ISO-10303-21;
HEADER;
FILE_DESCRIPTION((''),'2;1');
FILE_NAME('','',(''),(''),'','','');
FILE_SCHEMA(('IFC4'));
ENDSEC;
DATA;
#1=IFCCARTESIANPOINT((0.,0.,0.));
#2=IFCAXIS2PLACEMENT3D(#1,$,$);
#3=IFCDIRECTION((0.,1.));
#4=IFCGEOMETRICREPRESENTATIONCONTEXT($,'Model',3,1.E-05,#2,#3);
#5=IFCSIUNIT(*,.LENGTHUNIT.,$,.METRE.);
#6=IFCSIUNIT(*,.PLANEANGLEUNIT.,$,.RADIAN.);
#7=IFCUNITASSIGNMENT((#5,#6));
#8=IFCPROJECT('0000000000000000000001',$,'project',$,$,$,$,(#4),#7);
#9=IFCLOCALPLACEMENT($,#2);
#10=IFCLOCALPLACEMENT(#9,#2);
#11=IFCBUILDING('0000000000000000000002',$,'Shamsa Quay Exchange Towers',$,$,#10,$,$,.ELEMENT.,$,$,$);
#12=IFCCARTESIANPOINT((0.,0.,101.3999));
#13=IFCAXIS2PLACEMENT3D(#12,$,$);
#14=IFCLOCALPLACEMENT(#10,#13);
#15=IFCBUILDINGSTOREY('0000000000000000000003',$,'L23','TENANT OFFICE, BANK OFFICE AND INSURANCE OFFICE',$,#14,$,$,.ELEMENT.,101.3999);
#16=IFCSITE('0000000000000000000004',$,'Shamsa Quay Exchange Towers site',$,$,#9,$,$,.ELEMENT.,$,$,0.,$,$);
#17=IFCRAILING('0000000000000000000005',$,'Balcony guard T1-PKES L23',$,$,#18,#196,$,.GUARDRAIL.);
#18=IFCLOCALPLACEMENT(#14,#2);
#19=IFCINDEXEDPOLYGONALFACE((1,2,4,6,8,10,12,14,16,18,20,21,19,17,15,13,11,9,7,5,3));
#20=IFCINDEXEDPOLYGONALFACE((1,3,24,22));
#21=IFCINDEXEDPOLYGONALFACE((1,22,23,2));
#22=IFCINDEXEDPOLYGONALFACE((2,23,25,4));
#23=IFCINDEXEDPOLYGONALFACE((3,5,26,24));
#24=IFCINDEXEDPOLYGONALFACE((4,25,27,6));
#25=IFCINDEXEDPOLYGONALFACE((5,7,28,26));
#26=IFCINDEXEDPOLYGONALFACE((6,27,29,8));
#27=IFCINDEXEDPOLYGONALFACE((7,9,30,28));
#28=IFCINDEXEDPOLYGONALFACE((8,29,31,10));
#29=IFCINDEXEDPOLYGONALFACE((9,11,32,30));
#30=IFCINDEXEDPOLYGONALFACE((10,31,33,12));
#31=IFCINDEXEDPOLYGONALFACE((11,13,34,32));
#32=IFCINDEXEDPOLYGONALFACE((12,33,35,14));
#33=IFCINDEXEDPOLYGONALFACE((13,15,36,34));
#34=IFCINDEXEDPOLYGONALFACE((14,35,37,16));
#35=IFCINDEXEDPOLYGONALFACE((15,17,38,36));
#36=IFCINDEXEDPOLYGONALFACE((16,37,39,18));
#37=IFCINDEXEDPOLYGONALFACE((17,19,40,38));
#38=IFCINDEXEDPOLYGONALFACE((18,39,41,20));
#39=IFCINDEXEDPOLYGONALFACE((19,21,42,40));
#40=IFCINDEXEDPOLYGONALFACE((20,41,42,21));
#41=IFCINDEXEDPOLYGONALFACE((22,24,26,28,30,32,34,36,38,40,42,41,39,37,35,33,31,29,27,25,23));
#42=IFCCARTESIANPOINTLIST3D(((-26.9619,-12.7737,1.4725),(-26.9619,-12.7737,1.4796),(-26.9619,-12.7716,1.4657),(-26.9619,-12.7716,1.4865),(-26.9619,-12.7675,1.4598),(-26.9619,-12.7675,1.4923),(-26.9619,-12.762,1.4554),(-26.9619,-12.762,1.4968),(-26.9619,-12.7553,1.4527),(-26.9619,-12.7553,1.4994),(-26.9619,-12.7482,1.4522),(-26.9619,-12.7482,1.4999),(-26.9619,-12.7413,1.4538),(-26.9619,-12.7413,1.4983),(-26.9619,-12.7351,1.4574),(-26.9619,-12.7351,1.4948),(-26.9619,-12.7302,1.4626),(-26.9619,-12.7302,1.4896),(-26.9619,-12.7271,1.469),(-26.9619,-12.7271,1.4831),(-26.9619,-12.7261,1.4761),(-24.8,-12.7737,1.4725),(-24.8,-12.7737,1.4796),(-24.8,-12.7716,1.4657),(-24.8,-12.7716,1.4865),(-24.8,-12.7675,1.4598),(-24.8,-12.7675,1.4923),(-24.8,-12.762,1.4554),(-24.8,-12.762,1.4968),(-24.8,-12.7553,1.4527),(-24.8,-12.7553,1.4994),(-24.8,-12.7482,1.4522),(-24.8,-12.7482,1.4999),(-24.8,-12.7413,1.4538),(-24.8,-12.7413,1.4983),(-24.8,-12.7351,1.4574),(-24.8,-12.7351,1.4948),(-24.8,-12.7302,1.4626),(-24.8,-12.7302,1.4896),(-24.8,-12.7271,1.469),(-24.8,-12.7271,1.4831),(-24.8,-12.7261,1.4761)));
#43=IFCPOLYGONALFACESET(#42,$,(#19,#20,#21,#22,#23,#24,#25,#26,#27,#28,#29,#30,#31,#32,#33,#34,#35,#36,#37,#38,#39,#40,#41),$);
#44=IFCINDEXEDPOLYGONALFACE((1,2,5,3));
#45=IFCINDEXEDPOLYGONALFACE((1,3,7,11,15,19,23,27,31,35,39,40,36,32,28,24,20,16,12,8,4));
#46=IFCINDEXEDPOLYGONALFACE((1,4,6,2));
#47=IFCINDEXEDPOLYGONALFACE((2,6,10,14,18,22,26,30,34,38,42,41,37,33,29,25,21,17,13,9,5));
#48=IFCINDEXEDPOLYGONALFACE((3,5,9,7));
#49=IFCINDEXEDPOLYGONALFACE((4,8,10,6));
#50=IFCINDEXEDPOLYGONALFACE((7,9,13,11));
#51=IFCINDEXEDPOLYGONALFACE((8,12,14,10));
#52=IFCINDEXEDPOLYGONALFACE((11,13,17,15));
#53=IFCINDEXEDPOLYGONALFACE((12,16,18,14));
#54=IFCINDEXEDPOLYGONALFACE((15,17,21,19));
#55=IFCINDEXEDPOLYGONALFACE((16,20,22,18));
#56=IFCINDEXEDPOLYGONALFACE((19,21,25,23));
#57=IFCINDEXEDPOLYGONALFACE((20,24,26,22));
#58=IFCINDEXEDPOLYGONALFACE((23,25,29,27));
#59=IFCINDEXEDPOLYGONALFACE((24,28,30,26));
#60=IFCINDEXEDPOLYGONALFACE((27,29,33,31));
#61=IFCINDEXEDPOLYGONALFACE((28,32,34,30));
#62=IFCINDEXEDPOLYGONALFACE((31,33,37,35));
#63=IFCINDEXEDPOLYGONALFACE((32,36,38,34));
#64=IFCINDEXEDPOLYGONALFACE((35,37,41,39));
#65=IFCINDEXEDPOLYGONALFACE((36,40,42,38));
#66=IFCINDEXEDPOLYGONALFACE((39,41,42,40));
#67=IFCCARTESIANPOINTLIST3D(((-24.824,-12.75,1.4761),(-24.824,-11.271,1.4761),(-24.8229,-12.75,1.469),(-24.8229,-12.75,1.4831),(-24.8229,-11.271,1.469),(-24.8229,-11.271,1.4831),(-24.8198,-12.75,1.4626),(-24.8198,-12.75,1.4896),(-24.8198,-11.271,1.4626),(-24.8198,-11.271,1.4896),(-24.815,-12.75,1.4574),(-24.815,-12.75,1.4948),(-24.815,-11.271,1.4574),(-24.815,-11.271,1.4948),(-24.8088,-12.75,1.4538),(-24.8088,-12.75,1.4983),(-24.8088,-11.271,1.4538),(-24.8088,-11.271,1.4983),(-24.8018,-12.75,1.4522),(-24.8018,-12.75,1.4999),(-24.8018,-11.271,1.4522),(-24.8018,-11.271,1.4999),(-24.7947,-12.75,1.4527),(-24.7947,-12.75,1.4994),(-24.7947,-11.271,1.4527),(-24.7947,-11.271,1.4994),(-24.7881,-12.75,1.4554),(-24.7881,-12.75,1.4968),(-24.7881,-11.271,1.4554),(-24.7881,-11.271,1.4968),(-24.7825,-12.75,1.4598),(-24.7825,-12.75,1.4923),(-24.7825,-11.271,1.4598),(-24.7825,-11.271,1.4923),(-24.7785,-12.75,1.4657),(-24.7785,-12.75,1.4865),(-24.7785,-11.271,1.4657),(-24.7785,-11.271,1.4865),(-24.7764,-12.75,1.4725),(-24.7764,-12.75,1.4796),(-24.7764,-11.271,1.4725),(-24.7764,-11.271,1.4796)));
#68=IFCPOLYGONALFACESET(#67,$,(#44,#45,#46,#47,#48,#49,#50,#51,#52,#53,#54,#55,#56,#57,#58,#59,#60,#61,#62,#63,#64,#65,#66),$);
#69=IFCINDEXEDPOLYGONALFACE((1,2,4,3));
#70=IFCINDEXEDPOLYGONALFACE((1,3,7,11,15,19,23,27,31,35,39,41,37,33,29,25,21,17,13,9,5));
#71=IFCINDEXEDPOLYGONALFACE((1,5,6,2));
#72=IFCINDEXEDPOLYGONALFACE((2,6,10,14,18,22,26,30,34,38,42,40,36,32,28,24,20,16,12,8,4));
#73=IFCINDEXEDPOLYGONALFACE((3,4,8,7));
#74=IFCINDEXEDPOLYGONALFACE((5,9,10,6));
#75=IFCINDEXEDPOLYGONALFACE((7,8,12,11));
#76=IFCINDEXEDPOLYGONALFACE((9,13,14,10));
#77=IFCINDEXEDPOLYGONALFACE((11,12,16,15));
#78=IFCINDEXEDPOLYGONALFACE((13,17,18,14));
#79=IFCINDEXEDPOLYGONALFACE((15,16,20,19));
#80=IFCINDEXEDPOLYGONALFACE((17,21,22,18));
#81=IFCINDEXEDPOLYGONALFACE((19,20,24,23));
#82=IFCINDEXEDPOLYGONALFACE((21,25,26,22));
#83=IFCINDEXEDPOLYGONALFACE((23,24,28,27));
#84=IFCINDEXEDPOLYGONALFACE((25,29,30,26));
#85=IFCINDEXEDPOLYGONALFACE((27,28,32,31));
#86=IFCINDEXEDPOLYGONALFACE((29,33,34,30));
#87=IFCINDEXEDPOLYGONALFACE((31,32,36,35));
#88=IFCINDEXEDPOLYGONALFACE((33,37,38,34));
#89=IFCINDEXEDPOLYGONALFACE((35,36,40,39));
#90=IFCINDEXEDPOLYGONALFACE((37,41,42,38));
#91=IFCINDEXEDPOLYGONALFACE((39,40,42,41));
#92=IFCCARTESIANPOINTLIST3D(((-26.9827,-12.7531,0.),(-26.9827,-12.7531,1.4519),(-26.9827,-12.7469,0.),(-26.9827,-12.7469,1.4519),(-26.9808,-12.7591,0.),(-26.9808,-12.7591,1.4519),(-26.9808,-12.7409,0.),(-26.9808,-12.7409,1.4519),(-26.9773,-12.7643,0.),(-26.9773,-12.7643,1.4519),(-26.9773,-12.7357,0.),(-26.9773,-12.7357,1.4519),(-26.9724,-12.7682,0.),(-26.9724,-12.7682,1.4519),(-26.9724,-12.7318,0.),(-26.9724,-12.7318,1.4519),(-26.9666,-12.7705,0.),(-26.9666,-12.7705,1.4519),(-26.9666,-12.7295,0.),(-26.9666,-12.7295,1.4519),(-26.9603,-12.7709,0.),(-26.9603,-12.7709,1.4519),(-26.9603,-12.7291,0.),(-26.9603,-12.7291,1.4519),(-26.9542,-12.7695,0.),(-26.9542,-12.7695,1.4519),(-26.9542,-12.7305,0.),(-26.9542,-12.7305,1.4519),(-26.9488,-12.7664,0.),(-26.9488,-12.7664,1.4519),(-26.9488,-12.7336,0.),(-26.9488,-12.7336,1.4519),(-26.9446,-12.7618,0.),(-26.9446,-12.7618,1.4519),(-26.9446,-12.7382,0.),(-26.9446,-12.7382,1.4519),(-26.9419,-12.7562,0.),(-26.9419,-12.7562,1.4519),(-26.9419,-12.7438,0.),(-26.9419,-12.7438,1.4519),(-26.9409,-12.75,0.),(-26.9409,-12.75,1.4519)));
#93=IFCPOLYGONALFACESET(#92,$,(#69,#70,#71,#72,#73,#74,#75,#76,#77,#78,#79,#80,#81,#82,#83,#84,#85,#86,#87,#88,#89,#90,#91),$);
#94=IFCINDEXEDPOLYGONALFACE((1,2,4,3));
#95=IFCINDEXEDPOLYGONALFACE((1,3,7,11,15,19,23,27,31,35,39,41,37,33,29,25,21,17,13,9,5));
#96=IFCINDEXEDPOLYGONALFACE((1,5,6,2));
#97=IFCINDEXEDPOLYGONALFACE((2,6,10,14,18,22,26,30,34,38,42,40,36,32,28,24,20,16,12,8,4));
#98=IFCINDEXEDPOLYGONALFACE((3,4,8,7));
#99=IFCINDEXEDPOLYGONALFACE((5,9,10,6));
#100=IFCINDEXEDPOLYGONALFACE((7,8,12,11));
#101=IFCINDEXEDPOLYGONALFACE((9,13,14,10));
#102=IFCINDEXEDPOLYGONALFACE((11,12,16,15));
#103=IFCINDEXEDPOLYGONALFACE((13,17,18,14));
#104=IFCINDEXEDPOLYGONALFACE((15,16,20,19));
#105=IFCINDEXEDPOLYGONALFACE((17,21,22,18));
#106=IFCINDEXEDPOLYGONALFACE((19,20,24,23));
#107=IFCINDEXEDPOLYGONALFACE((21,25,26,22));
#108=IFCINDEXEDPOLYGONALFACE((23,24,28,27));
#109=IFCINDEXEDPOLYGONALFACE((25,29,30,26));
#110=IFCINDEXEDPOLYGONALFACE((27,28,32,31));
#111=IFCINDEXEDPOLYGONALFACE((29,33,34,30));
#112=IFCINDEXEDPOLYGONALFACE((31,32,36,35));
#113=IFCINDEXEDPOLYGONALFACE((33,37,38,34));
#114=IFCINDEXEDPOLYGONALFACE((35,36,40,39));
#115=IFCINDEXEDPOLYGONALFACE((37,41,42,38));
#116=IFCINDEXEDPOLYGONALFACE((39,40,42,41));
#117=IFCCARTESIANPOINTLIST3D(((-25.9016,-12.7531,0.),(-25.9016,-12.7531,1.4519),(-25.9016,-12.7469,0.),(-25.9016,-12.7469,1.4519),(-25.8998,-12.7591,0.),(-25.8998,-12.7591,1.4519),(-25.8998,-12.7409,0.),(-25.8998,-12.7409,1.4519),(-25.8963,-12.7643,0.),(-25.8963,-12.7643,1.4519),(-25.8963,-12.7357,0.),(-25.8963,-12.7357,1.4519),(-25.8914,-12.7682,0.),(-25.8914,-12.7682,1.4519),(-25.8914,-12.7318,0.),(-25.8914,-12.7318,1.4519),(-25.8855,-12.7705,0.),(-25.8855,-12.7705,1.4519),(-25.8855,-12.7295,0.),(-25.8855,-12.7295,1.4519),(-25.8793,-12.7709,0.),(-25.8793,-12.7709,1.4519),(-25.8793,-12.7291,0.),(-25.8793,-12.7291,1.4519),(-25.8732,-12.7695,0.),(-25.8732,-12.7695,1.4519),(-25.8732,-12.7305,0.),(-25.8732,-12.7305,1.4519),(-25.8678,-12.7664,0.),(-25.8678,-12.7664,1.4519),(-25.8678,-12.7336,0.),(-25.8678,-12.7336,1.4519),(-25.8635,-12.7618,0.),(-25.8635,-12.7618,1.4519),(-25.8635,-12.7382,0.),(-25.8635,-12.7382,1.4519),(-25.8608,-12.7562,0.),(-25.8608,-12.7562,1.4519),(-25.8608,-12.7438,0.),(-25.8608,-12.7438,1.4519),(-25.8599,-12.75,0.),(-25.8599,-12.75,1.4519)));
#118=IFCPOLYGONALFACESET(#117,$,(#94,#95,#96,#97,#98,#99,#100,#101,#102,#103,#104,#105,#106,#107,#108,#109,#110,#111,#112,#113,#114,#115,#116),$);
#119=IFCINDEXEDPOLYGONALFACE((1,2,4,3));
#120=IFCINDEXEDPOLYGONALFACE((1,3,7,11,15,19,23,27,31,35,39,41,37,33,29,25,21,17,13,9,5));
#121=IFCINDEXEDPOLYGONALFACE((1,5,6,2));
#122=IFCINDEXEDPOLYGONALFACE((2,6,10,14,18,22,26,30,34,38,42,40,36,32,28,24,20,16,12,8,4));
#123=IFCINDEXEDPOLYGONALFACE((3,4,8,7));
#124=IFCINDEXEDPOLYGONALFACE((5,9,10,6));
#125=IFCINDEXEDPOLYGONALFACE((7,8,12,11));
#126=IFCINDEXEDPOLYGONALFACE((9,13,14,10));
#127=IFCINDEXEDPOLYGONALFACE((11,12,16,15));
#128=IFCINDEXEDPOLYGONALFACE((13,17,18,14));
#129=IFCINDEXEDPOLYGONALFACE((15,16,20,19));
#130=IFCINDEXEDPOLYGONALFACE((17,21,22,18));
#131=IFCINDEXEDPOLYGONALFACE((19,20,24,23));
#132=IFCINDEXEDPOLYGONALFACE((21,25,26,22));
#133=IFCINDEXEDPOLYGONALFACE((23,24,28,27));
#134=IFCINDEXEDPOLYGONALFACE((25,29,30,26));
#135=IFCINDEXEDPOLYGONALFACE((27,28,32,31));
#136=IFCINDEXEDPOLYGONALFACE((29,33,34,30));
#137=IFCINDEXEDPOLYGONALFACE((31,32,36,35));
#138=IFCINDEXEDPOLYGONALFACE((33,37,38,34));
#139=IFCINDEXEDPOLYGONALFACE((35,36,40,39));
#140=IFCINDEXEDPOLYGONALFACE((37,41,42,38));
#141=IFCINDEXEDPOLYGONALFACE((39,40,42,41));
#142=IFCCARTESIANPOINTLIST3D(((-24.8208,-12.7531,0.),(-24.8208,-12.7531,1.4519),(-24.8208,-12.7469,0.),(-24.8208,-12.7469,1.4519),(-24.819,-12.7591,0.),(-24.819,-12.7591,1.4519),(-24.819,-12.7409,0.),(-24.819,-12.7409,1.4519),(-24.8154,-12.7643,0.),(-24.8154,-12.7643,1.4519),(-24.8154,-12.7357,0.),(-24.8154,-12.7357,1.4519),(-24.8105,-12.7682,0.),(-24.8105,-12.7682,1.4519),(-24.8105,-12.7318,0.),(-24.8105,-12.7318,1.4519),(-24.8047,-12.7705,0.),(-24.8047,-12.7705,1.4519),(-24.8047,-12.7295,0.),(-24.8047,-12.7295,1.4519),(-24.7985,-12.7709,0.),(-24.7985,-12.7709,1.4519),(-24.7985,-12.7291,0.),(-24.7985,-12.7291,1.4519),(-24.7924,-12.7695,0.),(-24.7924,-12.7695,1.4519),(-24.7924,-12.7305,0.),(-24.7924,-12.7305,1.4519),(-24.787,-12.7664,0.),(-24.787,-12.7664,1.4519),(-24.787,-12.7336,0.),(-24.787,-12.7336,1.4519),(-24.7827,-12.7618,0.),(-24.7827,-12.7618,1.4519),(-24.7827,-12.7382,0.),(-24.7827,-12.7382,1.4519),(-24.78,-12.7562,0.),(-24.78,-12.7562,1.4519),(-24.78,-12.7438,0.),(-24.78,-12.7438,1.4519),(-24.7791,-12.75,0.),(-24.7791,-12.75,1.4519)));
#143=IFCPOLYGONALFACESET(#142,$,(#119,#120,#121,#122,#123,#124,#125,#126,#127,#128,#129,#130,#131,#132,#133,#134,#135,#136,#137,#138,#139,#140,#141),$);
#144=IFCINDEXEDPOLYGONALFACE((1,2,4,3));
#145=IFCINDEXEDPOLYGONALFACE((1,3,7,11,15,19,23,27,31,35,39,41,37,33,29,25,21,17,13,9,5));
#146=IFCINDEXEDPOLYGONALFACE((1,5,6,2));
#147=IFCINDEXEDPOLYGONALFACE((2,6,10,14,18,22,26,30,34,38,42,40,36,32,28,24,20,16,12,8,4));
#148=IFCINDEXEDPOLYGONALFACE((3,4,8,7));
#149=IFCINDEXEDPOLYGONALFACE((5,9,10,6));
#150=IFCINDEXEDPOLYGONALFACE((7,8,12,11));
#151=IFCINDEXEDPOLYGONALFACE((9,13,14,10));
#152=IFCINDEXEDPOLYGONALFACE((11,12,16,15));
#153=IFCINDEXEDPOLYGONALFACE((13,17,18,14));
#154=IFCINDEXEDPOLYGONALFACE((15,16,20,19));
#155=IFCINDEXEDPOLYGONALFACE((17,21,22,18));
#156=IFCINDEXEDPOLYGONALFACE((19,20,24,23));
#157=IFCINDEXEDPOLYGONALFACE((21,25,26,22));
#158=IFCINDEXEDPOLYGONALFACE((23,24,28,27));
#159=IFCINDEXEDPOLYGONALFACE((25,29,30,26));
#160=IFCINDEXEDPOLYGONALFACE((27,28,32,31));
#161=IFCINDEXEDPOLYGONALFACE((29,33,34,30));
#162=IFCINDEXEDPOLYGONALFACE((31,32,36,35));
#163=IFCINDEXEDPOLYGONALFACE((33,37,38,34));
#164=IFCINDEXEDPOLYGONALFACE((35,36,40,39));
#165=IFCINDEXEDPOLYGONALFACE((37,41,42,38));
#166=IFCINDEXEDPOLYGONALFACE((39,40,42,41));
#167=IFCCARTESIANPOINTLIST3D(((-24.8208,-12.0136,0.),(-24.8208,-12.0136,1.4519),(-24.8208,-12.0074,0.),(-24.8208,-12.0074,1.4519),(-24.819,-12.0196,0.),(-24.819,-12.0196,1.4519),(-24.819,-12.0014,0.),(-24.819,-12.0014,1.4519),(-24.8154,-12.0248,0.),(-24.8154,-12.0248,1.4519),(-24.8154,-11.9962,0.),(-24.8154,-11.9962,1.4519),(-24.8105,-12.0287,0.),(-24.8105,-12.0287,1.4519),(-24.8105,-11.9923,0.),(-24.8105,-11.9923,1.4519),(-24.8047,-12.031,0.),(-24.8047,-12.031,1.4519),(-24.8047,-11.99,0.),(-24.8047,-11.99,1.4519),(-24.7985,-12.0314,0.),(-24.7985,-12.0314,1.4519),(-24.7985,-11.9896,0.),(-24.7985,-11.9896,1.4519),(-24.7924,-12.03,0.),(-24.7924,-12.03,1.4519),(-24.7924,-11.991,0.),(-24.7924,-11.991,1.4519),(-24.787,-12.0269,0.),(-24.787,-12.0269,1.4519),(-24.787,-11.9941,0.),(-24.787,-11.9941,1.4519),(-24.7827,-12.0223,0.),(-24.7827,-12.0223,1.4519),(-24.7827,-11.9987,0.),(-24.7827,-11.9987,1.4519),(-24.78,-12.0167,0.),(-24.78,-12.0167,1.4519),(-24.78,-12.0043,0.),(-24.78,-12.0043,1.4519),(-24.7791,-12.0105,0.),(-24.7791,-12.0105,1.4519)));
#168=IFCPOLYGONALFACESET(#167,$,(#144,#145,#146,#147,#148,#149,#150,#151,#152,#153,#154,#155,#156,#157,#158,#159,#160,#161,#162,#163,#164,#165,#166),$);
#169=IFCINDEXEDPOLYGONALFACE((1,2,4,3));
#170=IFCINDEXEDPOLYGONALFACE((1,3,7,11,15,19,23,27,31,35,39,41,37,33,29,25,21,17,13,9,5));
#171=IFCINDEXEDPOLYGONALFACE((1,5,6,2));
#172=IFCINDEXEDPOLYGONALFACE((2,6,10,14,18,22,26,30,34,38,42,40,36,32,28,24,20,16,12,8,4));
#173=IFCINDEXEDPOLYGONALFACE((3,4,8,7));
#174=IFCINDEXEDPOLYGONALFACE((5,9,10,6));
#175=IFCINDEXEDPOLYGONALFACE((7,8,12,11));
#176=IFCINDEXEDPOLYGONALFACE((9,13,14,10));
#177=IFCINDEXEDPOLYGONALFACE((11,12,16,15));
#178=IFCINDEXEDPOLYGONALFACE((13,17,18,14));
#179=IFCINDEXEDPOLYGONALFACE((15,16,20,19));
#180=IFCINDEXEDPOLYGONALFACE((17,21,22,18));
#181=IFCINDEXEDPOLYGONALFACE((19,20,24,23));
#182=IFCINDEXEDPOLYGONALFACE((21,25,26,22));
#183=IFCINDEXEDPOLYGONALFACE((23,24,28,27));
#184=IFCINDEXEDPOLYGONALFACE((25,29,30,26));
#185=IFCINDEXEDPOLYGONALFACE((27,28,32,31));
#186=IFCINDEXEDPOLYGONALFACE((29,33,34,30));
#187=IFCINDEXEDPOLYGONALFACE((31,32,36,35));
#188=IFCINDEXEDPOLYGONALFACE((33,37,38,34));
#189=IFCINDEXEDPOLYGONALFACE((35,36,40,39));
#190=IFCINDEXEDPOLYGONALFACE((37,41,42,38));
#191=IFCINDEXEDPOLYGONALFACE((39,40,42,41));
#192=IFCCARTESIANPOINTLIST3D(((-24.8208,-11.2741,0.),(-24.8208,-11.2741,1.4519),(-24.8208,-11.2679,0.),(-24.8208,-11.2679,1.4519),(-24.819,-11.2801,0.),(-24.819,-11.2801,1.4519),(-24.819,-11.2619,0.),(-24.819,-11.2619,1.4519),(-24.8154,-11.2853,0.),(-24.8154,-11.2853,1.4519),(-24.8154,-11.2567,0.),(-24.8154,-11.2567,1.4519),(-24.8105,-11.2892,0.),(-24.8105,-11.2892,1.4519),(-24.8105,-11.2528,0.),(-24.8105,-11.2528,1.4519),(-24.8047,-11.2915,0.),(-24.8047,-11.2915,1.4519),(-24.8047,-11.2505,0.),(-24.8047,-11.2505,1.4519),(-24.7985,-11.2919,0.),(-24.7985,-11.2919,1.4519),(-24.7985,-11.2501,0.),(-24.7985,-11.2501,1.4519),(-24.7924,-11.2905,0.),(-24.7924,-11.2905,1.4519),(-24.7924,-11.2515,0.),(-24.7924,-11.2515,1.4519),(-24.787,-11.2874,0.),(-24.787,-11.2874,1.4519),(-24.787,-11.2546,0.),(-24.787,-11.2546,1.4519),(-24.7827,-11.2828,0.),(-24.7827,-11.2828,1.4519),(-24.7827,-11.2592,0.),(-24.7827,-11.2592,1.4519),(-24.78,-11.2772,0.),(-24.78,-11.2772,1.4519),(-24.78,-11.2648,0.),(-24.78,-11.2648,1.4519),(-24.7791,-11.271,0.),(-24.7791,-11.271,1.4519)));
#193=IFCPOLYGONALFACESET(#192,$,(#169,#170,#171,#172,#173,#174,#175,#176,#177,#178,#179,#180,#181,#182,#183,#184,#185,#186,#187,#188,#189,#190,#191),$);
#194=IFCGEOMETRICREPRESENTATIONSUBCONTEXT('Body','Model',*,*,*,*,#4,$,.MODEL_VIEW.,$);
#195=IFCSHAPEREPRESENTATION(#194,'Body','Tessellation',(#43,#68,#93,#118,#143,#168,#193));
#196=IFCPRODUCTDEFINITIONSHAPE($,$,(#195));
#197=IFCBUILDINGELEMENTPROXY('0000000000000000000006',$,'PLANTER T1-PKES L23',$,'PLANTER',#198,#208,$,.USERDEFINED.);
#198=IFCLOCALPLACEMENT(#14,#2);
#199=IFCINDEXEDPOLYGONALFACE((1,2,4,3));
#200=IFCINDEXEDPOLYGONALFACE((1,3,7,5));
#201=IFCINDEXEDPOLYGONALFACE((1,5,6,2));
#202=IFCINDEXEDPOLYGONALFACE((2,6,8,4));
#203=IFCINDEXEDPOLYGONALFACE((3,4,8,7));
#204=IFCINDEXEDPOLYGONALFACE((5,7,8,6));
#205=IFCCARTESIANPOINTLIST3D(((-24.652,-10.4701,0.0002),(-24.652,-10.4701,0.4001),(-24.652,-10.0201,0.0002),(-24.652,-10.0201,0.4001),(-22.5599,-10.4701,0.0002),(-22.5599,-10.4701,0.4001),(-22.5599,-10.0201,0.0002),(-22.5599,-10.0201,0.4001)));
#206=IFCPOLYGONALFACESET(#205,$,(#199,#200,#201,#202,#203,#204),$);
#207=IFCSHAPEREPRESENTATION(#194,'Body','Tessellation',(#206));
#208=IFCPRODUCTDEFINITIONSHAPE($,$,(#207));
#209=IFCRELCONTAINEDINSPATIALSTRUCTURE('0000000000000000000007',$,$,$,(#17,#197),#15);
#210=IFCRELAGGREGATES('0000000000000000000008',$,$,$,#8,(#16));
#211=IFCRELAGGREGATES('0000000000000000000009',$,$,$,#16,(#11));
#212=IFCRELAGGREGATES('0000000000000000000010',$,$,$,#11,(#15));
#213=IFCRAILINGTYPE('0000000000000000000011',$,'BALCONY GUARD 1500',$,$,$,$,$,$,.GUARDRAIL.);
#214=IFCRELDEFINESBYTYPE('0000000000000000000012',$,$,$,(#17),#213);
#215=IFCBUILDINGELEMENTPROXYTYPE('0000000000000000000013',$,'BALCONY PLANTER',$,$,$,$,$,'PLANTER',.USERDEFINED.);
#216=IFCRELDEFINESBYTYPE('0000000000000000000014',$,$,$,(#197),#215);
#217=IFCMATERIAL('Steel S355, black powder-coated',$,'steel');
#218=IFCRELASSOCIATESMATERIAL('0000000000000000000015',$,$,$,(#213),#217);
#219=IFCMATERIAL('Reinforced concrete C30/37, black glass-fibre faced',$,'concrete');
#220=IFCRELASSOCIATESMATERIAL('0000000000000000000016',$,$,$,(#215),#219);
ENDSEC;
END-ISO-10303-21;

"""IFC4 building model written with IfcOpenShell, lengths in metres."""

from ifc_helpers import new_model, si_unit, direction, frame, origin, origin_2d, place, context, subcontext, project, spatial, rectangle, circle, extrude, material, type_object, element, save


model = new_model("IFC4")

# Units and contexts
model_context = context("Model", 3, precision=1e-05, world=origin(), true_north=direction((0.0, 1.0)))
body_context = subcontext(model_context, "Body", "Model", "MODEL_VIEW")
ifc_project = project(units=[si_unit("LENGTHUNIT", "METRE"), si_unit("PLANEANGLEUNIT", "RADIAN")], contexts=[model_context])

# Site, building, storey
site_placement = place(None, origin())
site = spatial("IfcSite", under=ifc_project, at=site_placement, Name="Shamsa Quay Exchange Towers site", CompositionType="ELEMENT", RefElevation=0.0)
building_placement = place(site_placement, origin())
building = spatial("IfcBuilding", under=site, at=building_placement, Name="Shamsa Quay Exchange Towers", CompositionType="ELEMENT")
storey_placement = place(building_placement, frame((0.0, 0.0, 101.3999)))
storey = spatial("IfcBuildingStorey", under=building, at=storey_placement, Name="L23", Description="TENANT OFFICE, BANK OFFICE AND INSURANCE OFFICE", CompositionType="ELEMENT", Elevation=101.3999)

# Railing
ifc_material_1 = material(Name="Steel S355, black powder-coated", Category="steel")
railing_type_1 = type_object("IfcRailingType", Name="BALCONY GUARD 1500", PredefinedType="GUARDRAIL", material=ifc_material_1)
for number, where, name in (
    (1, (-26.9619, -12.75, 0.0), "Balcony guard T1-PKES L23"),
):
    element("IfcRailing", number, at=place(storey_placement, frame(where)), inside=storey, type_object=railing_type_1, Name=name, PredefinedType="GUARDRAIL", context=body_context, shape_type="SweptSolid", body=[
        extrude(circle(Radius=0.0239, at=origin_2d()), frame((0.0, 0.0, 1.4761), z_axis=(1.0, 0.0, 0.0), x_axis=(0.0, 1.0, 0.0)), (0.0, 0.0, 1.0), 2.1619),
        extrude(circle(Radius=0.0239, at=origin_2d()), frame((2.1619, 0.0, 1.4761), z_axis=(0.0, 1.0, 0.0), x_axis=(-1.0, 0.0, 0.0)), (0.0, 0.0, 1.0), 1.479),
        extrude(circle(Radius=0.021, at=origin_2d()), origin(), (0.0, 0.0, 1.0), 1.4519),
        extrude(circle(Radius=0.021, at=origin_2d()), frame((1.0811, 0.0, 0.0)), (0.0, 0.0, 1.0), 1.4519),
        extrude(circle(Radius=0.021, at=origin_2d()), frame((2.1619, 0.0, 0.0)), (0.0, 0.0, 1.0), 1.4519),
        extrude(circle(Radius=0.021, at=origin_2d()), frame((2.1619, 0.7395, 0.0)), (0.0, 0.0, 1.0), 1.4519),
        extrude(circle(Radius=0.021, at=origin_2d()), frame((2.1619, 1.479, 0.0)), (0.0, 0.0, 1.0), 1.4519),
    ])

# Building element proxy
ifc_material_2 = material(Name="Reinforced concrete C30/37, black glass-fibre faced", Category="concrete")
building_element_proxy_type = type_object("IfcBuildingElementProxyType", Name="BALCONY PLANTER", ElementType="PLANTER", PredefinedType="USERDEFINED", material=ifc_material_2)
for number, where, name in (
    (2, (-23.606, -10.2451, 0.0002), "PLANTER T1-PKES L23"),
):
    element("IfcBuildingElementProxy", number, at=place(storey_placement, frame(where)), inside=storey, type_object=building_element_proxy_type, Name=name, ObjectType="PLANTER", PredefinedType="USERDEFINED", context=body_context, shape_type="SweptSolid", body=[
        extrude(rectangle(XDim=2.092, YDim=0.45, at=origin_2d()), origin(), (0.0, 0.0, 1.0), 0.3999),
    ])

save(model, "model.ifc")
